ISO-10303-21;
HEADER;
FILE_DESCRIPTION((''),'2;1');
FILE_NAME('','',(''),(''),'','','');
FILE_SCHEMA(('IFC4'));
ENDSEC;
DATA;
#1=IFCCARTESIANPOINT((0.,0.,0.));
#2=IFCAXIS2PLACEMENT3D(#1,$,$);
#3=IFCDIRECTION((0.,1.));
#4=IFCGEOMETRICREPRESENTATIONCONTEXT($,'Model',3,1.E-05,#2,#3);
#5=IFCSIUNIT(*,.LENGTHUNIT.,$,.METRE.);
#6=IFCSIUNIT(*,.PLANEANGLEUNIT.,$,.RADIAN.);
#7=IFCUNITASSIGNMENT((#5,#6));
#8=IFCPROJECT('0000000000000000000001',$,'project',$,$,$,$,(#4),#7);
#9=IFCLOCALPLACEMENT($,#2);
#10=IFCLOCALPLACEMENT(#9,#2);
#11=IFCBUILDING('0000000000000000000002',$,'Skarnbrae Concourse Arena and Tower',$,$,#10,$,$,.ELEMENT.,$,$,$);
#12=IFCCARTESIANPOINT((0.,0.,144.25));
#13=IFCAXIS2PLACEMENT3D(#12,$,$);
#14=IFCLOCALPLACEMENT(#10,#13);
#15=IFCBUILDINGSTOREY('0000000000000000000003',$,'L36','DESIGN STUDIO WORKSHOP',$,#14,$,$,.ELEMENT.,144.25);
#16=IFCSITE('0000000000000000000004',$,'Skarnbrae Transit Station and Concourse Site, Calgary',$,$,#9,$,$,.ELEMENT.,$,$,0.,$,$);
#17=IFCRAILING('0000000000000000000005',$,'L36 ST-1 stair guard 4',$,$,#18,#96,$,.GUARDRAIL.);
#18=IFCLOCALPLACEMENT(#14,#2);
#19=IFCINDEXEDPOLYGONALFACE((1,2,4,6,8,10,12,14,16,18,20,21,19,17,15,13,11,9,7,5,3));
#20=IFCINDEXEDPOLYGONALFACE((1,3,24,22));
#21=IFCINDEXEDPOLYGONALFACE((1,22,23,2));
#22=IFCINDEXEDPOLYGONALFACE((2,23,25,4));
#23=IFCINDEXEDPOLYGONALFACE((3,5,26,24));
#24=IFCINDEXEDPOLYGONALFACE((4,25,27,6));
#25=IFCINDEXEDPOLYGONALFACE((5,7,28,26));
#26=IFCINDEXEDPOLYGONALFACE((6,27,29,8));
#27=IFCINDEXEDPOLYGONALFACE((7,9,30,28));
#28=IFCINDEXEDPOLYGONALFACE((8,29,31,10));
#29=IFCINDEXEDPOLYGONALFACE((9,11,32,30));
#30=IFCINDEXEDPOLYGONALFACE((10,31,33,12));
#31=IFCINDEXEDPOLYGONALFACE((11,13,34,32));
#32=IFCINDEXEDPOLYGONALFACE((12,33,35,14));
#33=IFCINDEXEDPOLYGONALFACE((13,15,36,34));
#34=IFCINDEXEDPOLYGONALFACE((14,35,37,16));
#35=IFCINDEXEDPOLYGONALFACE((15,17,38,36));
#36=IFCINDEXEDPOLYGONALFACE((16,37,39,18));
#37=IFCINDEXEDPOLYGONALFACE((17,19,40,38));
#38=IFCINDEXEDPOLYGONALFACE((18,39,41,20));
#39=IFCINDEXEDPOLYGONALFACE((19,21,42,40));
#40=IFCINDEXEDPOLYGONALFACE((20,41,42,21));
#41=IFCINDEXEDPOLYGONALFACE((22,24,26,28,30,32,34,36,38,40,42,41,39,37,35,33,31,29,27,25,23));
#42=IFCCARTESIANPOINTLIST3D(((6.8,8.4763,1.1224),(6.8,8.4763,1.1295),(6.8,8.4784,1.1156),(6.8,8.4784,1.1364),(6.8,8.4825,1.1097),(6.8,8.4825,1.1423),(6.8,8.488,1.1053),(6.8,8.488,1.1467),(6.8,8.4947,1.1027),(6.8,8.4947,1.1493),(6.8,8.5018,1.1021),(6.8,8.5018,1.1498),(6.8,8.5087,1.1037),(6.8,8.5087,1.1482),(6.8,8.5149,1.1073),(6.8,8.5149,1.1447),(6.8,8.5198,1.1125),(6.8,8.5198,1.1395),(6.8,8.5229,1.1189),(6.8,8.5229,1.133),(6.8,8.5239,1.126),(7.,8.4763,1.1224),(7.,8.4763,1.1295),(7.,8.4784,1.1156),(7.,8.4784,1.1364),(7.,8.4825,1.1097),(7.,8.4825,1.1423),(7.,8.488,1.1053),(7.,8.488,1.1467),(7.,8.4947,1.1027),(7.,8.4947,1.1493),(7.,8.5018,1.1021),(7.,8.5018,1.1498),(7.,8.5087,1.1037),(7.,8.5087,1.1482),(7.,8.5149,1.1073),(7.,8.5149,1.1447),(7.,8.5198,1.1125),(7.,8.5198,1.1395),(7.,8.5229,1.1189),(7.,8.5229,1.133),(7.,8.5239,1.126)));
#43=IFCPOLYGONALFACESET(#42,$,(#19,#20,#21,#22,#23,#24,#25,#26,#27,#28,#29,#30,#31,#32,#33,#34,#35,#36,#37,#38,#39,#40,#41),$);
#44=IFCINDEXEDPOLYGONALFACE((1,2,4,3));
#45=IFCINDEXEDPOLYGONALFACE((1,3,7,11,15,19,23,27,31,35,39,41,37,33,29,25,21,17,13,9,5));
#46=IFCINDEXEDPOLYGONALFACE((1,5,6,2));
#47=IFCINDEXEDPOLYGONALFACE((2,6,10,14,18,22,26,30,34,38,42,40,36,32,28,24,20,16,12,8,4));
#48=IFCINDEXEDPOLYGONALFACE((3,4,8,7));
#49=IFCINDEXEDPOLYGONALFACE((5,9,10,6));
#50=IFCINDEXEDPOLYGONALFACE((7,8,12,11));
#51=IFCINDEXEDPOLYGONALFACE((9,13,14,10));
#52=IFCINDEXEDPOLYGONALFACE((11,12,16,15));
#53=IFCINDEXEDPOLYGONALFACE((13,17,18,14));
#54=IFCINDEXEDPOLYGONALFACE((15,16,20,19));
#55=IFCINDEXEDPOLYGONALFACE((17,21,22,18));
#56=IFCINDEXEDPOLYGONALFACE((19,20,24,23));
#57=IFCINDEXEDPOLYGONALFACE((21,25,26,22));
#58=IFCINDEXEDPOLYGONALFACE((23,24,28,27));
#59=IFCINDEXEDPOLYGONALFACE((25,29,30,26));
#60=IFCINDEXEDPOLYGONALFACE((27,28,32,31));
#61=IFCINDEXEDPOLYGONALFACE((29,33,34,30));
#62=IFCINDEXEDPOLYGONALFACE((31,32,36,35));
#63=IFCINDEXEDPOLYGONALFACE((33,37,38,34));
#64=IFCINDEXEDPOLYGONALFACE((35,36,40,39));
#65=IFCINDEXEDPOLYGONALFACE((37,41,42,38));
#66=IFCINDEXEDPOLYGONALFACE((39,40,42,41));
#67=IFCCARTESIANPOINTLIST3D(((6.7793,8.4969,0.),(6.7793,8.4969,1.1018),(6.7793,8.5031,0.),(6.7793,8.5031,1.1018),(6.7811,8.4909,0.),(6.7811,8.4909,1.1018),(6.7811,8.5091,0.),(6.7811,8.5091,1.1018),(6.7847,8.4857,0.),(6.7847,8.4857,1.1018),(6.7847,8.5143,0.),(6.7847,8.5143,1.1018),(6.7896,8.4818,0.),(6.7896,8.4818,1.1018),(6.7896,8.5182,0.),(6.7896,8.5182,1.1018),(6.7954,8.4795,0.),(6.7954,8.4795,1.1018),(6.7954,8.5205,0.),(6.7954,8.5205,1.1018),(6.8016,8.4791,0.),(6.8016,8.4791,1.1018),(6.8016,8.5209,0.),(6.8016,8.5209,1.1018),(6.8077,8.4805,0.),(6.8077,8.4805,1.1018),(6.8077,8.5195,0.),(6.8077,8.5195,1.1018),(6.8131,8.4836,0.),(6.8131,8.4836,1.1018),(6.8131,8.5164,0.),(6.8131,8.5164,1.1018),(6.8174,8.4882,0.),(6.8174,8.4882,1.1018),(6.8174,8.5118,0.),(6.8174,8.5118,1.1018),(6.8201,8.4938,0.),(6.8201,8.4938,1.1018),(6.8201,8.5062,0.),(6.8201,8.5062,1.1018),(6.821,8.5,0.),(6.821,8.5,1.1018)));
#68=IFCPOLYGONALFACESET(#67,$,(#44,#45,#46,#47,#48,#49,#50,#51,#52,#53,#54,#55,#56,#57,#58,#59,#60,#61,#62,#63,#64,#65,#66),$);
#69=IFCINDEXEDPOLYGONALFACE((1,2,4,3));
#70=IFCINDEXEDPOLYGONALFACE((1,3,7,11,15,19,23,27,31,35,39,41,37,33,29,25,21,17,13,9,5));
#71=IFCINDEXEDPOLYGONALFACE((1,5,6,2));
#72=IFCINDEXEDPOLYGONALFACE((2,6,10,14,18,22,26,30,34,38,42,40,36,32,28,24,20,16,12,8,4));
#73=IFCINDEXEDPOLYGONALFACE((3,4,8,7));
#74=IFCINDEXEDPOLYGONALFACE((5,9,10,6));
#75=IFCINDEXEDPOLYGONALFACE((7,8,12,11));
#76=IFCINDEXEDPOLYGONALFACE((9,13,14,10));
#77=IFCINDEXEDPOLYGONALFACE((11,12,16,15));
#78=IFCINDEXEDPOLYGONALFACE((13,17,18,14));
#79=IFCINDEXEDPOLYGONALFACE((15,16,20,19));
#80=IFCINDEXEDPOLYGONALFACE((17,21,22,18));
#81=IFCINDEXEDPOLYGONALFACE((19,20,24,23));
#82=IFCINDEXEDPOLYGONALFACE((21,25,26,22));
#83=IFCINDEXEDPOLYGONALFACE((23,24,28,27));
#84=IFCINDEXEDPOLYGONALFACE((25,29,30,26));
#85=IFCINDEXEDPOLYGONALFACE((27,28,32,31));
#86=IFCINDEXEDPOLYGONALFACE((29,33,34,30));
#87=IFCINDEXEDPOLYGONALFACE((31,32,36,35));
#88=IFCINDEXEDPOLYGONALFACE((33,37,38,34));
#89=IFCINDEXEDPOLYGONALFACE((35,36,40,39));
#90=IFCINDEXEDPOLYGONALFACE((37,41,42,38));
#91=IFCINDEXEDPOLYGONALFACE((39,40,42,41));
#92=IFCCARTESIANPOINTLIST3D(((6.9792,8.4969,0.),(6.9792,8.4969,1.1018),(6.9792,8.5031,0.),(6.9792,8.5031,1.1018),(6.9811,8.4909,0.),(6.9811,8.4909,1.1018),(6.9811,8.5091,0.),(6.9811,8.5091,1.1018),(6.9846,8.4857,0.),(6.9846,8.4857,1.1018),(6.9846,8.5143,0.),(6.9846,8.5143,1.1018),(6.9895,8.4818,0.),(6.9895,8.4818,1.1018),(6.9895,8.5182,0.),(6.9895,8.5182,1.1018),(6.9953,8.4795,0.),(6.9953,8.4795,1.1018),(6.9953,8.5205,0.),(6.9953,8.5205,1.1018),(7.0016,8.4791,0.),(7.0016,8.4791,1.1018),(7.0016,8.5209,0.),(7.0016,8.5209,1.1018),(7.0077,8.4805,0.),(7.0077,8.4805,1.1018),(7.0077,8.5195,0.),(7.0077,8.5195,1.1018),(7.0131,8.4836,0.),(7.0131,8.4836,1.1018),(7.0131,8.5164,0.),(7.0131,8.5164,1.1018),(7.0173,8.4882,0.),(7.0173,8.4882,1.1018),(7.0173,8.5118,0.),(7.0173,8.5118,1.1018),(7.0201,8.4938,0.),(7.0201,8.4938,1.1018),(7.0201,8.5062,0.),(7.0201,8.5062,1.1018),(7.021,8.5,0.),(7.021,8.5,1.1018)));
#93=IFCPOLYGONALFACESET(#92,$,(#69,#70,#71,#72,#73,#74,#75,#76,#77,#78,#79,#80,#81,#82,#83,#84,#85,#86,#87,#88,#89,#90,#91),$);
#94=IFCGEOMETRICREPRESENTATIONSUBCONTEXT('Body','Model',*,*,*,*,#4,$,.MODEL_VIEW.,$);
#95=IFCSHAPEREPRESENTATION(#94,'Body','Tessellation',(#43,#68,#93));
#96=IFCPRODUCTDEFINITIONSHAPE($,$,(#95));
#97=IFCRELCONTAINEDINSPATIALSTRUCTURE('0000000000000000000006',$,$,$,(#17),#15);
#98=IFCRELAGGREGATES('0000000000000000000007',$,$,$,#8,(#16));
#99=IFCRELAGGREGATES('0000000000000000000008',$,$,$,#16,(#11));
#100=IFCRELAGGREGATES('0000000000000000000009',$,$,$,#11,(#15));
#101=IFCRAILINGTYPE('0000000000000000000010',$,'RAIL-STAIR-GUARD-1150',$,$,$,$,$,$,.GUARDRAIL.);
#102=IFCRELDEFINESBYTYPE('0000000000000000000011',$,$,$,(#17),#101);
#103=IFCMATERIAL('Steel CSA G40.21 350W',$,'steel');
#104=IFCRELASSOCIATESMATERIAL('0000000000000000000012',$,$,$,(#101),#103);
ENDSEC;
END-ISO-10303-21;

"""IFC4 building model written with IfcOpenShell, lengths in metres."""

from ifc_helpers import new_model, si_unit, direction, frame, origin, origin_2d, place, context, subcontext, project, spatial, circle, extrude, material, type_object, element, save


model = new_model("IFC4")

# Units and contexts
model_context = context("Model", 3, precision=1e-05, world=origin(), true_north=direction((0.0, 1.0)))
body_context = subcontext(model_context, "Body", "Model", "MODEL_VIEW")
ifc_project = project(units=[si_unit("LENGTHUNIT", "METRE"), si_unit("PLANEANGLEUNIT", "RADIAN")], contexts=[model_context])

# Site, building, storey
site_placement = place(None, origin())
site = spatial("IfcSite", under=ifc_project, at=site_placement, Name="Skarnbrae Transit Station and Concourse Site, Calgary", CompositionType="ELEMENT", RefElevation=0.0)
building_placement = place(site_placement, origin())
building = spatial("IfcBuilding", under=site, at=building_placement, Name="Skarnbrae Concourse Arena and Tower", CompositionType="ELEMENT")
storey_placement = place(building_placement, frame((0.0, 0.0, 144.25)))
storey = spatial("IfcBuildingStorey", under=building, at=storey_placement, Name="L36", Description="DESIGN STUDIO WORKSHOP", CompositionType="ELEMENT", Elevation=144.25)

# Shared definitions
ifc_material_1 = material(Name="Steel CSA G40.21 350W", Category="steel")

# Railing
railing_type_1 = type_object("IfcRailingType", Name="RAIL-STAIR-GUARD-1150", PredefinedType="GUARDRAIL", material=ifc_material_1)
railing_1_placement = place(storey_placement, frame((6.8, 8.5, 0.0)))
element("IfcRailing", 1, at=railing_1_placement, inside=storey, type_object=railing_type_1, Name="L36 ST-1 stair guard 4", PredefinedType="GUARDRAIL", context=body_context, shape_type="SweptSolid", body=[
    extrude(circle(Radius=0.0239, at=origin_2d()), frame((0.0, 0.0, 1.126), z_axis=(1.0, 0.0, 0.0), x_axis=(0.0, 1.0, 0.0)), (0.0, 0.0, 1.0), 0.2),
    extrude(circle(Radius=0.021, at=origin_2d()), origin(), (0.0, 0.0, 1.0), 1.1018),
    extrude(circle(Radius=0.021, at=origin_2d()), frame((0.2, 0.0, 0.0)), (0.0, 0.0, 1.0), 1.1018),
])

save(model, "model.ifc")
